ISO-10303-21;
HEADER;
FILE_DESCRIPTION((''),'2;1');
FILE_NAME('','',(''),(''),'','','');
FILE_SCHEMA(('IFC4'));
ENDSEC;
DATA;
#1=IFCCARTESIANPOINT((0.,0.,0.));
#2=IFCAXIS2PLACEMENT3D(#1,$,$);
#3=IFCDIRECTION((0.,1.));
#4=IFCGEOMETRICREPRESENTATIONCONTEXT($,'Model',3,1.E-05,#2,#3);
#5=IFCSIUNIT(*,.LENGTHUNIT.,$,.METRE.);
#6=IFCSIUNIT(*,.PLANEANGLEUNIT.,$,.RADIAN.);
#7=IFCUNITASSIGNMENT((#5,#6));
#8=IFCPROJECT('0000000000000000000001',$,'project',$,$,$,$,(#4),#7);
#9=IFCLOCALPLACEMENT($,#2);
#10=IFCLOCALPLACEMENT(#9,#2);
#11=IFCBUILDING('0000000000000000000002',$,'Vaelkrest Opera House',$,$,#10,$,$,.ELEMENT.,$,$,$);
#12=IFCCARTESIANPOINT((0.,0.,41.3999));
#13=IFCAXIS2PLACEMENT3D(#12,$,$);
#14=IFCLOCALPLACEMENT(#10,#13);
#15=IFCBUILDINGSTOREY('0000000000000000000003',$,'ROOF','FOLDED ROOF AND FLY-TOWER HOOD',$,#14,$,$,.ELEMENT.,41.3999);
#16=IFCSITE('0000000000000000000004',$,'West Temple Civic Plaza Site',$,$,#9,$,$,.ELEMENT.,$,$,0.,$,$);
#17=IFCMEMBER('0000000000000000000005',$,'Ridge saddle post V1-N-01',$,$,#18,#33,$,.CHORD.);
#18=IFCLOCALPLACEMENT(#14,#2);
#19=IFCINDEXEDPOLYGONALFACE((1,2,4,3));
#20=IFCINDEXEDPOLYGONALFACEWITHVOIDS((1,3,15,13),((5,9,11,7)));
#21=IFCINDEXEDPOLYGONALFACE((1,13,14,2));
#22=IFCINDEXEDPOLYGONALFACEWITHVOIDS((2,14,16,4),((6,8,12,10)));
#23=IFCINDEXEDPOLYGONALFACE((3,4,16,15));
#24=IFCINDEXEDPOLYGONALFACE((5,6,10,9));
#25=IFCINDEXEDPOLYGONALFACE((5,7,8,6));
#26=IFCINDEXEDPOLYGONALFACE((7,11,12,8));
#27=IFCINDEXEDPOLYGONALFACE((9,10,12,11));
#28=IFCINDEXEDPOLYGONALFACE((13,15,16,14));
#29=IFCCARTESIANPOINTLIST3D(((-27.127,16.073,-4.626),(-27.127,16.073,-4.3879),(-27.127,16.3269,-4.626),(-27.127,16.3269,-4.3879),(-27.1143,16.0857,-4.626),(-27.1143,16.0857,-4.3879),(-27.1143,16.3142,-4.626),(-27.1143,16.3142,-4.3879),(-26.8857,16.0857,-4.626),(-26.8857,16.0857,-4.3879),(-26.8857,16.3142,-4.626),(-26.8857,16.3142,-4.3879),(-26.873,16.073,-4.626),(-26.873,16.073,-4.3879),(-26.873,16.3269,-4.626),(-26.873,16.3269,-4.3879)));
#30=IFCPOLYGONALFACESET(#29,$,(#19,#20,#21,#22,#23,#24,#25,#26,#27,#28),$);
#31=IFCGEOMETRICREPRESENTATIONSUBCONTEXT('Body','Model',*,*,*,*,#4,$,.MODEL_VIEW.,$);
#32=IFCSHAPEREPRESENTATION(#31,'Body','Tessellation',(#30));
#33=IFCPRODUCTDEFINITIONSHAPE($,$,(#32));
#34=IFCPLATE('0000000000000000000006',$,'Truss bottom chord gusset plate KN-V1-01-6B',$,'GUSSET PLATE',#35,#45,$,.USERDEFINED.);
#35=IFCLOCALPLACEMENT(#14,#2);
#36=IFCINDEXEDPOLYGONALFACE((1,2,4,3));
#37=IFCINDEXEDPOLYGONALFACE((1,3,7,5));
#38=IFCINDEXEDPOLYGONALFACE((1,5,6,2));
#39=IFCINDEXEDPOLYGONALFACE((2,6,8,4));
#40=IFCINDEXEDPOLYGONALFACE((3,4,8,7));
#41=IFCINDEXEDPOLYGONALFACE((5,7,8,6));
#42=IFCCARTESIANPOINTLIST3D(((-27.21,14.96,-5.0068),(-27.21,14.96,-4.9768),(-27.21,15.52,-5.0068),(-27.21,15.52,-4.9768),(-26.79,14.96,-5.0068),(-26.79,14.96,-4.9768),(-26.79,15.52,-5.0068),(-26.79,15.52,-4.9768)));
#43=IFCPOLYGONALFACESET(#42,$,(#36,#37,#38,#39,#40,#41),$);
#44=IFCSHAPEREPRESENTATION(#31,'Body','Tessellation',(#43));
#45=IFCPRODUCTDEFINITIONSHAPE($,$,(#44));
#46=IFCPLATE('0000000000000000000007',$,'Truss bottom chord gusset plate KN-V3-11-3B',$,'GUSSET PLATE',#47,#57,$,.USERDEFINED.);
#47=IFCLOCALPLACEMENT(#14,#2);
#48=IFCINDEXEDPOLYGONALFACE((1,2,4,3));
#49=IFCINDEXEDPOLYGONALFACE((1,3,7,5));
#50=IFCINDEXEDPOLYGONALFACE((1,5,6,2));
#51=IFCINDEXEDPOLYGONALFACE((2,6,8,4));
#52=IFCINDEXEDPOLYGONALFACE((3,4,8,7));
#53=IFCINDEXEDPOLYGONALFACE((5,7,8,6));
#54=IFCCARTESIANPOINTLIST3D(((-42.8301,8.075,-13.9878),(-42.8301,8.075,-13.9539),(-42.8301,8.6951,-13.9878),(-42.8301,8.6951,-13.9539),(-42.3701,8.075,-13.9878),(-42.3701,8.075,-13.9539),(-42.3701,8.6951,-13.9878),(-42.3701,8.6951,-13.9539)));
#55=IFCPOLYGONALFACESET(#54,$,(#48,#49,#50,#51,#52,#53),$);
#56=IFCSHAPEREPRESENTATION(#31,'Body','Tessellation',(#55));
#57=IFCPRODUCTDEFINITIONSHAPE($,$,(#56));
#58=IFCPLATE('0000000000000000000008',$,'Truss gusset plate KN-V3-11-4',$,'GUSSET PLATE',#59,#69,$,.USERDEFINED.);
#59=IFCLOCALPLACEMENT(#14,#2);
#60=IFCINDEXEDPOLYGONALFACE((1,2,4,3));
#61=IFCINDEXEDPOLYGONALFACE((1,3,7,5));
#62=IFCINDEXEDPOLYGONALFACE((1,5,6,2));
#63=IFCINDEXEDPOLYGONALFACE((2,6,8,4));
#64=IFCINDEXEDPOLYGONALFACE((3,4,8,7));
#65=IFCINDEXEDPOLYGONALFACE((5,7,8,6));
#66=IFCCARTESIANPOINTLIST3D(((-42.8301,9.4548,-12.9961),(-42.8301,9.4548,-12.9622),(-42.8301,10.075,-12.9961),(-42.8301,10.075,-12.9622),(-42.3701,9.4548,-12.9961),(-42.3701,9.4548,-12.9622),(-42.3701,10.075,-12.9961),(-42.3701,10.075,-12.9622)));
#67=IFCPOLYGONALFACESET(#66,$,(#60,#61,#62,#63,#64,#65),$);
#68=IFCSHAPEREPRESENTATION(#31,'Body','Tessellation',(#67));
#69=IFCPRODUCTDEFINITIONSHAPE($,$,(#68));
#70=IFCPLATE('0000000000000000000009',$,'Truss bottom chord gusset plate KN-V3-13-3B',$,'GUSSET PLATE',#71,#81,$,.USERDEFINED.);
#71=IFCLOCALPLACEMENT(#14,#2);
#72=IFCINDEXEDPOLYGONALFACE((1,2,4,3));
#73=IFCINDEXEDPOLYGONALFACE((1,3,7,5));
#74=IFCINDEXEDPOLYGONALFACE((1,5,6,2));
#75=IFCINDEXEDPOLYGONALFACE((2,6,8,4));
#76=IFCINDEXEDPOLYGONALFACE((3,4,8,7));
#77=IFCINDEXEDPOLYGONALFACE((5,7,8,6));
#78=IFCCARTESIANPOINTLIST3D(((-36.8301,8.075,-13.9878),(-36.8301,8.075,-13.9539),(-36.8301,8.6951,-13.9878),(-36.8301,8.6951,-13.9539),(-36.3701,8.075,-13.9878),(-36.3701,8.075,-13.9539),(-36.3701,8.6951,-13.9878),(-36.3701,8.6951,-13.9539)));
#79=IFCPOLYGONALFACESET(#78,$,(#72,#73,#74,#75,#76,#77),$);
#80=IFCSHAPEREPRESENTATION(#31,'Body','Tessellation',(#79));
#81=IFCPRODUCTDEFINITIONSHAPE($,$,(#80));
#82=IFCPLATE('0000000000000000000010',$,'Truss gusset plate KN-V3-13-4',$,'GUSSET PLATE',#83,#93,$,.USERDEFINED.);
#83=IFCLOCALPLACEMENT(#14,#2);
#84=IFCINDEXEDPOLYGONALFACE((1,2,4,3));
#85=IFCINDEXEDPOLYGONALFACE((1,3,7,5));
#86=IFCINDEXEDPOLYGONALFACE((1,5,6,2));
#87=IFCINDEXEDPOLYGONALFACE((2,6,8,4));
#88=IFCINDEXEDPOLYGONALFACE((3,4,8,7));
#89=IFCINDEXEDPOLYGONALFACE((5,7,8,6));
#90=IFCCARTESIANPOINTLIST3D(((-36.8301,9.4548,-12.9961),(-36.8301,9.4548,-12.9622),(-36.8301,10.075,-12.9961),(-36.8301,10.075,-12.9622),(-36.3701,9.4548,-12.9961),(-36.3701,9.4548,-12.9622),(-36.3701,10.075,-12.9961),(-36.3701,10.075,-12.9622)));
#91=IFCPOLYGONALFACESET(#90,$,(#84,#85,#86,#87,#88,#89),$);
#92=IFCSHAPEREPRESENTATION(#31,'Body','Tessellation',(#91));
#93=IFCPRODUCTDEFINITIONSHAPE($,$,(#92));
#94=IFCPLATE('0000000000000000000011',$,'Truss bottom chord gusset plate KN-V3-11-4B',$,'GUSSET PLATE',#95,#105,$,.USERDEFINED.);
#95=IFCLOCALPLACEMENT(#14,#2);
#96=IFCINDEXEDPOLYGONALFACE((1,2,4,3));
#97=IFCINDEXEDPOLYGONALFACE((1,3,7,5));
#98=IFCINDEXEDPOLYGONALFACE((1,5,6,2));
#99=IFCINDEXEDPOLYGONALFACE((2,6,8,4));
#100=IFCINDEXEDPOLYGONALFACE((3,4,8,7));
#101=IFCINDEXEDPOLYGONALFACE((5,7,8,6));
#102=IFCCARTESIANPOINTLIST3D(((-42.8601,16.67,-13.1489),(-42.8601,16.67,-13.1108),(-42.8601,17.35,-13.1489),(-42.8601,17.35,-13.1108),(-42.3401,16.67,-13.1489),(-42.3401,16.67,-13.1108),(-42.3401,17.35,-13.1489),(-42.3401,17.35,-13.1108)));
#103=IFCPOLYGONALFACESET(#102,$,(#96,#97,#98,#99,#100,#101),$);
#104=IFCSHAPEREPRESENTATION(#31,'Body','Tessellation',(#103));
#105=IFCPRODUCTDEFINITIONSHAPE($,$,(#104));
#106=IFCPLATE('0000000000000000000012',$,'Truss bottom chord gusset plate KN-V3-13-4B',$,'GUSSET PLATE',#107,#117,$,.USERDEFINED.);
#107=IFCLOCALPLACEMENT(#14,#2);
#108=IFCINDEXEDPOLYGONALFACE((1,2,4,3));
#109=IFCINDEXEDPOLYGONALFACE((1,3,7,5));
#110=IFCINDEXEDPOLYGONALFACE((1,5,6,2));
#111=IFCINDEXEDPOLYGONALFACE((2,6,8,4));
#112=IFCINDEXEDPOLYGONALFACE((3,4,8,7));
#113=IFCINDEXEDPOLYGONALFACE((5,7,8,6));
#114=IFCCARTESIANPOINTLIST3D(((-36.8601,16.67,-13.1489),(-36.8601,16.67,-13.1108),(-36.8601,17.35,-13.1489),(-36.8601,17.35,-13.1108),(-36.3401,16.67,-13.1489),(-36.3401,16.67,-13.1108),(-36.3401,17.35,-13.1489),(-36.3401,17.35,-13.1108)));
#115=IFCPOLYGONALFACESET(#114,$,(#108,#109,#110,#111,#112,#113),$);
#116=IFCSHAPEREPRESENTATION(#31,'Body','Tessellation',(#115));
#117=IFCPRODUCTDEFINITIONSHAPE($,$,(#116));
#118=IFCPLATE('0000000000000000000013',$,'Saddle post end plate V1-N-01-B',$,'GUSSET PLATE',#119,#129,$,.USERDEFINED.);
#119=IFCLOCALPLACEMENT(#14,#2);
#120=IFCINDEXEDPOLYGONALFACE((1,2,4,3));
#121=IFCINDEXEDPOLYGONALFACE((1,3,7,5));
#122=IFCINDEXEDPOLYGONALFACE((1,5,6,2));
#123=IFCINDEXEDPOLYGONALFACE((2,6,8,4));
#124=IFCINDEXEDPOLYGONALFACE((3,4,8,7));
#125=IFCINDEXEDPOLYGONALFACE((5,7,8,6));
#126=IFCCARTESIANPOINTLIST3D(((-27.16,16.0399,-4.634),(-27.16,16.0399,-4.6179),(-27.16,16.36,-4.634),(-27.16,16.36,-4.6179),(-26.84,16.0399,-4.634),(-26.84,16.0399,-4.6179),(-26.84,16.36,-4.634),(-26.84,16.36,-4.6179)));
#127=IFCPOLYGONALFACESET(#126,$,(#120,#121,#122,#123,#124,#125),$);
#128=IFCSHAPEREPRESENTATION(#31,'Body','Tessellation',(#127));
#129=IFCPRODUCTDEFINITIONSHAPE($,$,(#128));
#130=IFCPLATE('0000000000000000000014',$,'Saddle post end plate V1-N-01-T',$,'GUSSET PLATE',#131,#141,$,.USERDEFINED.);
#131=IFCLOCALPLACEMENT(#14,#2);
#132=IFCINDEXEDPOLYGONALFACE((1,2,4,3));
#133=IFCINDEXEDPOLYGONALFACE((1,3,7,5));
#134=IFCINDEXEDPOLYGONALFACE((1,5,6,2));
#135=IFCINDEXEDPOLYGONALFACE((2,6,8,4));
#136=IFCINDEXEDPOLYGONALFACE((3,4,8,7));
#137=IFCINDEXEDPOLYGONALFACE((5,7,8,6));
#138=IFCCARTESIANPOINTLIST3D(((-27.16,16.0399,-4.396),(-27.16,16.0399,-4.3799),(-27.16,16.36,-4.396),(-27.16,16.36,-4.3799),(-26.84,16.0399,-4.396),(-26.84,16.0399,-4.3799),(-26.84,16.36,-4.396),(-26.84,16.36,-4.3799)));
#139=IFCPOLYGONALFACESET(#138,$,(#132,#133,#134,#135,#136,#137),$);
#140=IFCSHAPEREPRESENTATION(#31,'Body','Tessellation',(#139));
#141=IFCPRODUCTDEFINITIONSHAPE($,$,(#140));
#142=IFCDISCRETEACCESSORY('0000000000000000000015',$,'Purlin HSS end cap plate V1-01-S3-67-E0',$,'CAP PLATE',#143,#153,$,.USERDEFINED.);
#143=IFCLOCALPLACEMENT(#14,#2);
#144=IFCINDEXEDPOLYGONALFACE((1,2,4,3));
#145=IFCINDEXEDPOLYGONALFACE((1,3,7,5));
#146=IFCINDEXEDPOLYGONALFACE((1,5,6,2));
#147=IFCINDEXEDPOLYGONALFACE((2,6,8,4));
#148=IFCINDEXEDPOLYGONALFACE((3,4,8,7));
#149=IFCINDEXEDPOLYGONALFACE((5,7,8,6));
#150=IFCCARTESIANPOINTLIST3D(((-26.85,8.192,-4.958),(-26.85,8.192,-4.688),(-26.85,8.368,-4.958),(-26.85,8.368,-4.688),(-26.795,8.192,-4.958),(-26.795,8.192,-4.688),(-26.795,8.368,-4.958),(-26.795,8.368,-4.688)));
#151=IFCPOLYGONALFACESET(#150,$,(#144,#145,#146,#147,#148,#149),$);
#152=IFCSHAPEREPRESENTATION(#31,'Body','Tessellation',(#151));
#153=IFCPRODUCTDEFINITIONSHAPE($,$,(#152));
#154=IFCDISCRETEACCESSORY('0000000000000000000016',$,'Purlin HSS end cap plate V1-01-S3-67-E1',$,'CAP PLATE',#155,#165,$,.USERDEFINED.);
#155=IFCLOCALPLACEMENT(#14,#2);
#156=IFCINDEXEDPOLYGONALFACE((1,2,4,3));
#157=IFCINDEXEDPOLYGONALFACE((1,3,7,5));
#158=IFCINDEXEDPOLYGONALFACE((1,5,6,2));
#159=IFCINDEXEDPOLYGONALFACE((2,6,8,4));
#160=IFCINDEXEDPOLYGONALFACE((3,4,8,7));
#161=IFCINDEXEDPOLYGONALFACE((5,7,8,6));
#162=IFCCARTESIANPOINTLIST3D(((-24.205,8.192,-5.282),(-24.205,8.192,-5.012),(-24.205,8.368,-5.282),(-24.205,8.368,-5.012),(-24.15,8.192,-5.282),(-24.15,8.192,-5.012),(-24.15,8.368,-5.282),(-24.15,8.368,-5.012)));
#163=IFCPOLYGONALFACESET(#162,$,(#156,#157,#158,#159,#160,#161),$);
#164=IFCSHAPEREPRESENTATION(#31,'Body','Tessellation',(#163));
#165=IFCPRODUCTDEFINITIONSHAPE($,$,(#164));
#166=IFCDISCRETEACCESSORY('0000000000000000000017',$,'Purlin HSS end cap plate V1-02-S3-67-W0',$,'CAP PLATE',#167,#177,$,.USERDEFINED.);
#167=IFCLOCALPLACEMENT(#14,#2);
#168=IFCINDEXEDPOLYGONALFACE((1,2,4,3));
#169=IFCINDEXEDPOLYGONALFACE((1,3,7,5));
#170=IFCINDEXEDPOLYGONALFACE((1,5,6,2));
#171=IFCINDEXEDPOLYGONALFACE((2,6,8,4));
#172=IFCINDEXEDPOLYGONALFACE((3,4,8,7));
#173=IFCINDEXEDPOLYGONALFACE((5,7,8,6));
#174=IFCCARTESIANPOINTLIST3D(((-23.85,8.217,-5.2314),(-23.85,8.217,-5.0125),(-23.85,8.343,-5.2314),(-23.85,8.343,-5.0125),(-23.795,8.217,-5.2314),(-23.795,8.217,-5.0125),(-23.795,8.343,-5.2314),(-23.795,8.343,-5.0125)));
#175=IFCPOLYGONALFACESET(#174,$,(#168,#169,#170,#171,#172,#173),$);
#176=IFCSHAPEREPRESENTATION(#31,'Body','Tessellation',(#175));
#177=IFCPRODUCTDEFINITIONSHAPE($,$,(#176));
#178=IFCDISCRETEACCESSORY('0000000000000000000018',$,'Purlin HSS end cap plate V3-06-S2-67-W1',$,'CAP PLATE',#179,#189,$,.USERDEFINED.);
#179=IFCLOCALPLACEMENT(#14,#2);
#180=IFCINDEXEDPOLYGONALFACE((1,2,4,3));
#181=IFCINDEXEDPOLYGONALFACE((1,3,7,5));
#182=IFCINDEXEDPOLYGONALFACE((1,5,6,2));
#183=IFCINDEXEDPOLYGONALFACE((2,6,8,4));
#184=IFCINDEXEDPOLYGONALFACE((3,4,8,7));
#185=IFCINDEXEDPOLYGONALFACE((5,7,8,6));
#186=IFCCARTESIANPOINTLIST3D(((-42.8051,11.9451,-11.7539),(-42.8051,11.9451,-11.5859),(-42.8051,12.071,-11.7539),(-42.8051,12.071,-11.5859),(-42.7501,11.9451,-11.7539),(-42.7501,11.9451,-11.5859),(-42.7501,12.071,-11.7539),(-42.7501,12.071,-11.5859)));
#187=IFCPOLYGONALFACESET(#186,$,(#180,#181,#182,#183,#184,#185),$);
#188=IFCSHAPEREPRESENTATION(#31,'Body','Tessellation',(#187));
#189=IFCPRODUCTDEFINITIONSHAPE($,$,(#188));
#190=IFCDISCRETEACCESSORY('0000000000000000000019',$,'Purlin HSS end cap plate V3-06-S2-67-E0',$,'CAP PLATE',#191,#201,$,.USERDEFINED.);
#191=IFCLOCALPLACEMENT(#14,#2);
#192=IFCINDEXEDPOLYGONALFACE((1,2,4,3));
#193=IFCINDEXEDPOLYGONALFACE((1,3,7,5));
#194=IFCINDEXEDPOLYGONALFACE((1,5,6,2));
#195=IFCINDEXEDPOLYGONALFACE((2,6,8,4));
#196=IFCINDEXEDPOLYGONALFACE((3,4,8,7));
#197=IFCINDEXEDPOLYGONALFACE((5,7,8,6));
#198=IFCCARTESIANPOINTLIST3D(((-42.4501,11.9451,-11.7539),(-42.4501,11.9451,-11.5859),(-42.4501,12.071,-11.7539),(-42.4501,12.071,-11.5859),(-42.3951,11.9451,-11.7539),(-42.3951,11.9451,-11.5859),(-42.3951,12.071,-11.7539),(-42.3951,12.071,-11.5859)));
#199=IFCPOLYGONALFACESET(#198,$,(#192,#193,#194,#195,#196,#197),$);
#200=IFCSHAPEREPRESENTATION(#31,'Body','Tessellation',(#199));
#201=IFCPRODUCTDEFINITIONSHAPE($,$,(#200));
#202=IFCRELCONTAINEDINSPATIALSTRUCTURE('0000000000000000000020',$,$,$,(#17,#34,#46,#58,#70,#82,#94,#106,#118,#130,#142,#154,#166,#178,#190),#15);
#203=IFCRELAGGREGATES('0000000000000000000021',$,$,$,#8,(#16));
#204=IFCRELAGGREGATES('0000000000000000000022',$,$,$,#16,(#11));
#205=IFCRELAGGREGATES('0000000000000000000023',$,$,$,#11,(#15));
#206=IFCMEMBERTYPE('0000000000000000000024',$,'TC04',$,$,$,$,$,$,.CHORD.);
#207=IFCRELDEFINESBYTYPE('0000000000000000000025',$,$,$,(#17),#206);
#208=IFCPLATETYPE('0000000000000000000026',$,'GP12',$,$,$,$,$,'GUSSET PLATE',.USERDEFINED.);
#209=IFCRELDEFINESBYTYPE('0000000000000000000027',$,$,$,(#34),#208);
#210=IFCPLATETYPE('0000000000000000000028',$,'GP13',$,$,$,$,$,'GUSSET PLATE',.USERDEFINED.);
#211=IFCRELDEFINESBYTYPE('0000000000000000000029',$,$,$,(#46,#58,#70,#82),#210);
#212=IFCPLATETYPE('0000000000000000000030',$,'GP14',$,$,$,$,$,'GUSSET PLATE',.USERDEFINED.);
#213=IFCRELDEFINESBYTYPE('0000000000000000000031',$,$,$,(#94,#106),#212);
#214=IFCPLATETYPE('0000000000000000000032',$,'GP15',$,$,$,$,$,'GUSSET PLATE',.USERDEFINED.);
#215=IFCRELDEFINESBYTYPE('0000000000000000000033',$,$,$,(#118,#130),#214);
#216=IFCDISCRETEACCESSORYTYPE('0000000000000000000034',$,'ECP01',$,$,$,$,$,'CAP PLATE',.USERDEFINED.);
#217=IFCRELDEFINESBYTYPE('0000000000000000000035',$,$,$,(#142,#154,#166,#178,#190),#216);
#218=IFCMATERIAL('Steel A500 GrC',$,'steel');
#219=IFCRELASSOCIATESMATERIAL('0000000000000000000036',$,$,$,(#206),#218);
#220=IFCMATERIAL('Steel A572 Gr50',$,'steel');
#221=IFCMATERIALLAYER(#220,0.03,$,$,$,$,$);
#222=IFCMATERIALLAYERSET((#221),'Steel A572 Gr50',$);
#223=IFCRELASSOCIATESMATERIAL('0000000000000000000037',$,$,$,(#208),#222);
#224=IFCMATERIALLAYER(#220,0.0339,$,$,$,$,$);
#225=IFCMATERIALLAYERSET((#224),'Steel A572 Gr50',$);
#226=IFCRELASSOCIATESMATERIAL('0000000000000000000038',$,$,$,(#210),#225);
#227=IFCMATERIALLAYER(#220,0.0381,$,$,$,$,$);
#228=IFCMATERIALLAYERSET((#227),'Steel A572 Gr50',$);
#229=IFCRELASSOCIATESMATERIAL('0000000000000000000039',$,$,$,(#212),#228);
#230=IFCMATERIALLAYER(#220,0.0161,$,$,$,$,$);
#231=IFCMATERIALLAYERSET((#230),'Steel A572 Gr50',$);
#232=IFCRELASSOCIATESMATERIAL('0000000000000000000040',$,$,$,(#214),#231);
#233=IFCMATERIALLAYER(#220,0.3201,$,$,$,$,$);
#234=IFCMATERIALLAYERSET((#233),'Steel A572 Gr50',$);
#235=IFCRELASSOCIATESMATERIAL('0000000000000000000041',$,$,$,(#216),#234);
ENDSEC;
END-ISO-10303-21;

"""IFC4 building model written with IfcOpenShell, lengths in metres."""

from ifc_helpers import new_model, si_unit, direction, frame, origin, origin_2d, place, context, subcontext, project, spatial, rectangle, hollow_rectangle, extrude, material, layer, layer_set, material_profile, profile_set, type_object, element, save


model = new_model("IFC4")

# Units and contexts
model_context = context("Model", 3, precision=1e-05, world=origin(), true_north=direction((0.0, 1.0)))
body_context = subcontext(model_context, "Body", "Model", "MODEL_VIEW")
ifc_project = project(units=[si_unit("LENGTHUNIT", "METRE"), si_unit("PLANEANGLEUNIT", "RADIAN")], contexts=[model_context])

# Site, building, storey
site_placement = place(None, origin())
site = spatial("IfcSite", under=ifc_project, at=site_placement, Name="West Temple Civic Plaza Site", CompositionType="ELEMENT", RefElevation=0.0)
building_placement = place(site_placement, origin())
building = spatial("IfcBuilding", under=site, at=building_placement, Name="Vaelkrest Opera House", CompositionType="ELEMENT")
storey_placement = place(building_placement, frame((0.0, 0.0, 41.3999)))
storey = spatial("IfcBuildingStorey", under=building, at=storey_placement, Name="ROOF", Description="FOLDED ROOF AND FLY-TOWER HOOD", CompositionType="ELEMENT", Elevation=41.3999)

# Member
ifc_material_1 = material(Name="Steel A500 GrC", Category="steel")
ifc_material_profile_1 = material_profile(ifc_material_1, hollow_rectangle(XDim=0.2539, YDim=0.2539, WallThickness=0.0127, at=origin_2d()), Name="HSS254X254X12.7")
ifc_profile_set_1 = profile_set([ifc_material_profile_1], Name="Steel A500 GrC")
member_type_1 = type_object("IfcMemberType", Name="TC04", PredefinedType="CHORD", material=ifc_profile_set_1)
member_1_placement = place(storey_placement, frame((-27.0, 16.2, -4.626), z_axis=(0.0, 0.0, 1.0), x_axis=(1.0, 0.0, 0.0)))
element("IfcMember", 1, at=member_1_placement, inside=storey, type_object=member_type_1, Name="Ridge saddle post V1-N-01", PredefinedType="CHORD", context=body_context, shape_type="SweptSolid", body=[
    extrude(hollow_rectangle(XDim=0.2539, YDim=0.2539, WallThickness=0.0127, at=origin_2d()), origin(), (0.0, 0.0, 1.0), 0.238),
])

# Plates
ifc_material_2 = material(Name="Steel A572 Gr50", Category="steel")
ifc_layer_1 = layer(ifc_material_2, 0.03)
ifc_layer_set_1 = layer_set([ifc_layer_1], Name="Steel A572 Gr50")
plate_type_1 = type_object("IfcPlateType", Name="GP12", ElementType="GUSSET PLATE", PredefinedType="USERDEFINED", material=ifc_layer_set_1)
plate_placement = place(storey_placement, frame((-27.0, 15.24, -5.0068), z_axis=(0.0, 0.0, 1.0), x_axis=(0.0, 1.0, 0.0)))
element("IfcPlate", 2, at=plate_placement, inside=storey, type_object=plate_type_1, Name="Truss bottom chord gusset plate KN-V1-01-6B", ObjectType="GUSSET PLATE", PredefinedType="USERDEFINED", context=body_context, shape_type="SweptSolid", body=[
    extrude(rectangle(XDim=0.5601, YDim=0.4199, at=origin_2d()), origin(), (0.0, 0.0, 1.0), 0.03),
])
ifc_layer_2 = layer(ifc_material_2, 0.0339)
ifc_layer_set_2 = layer_set([ifc_layer_2], Name="Steel A572 Gr50")
plate_type_2 = type_object("IfcPlateType", Name="GP13", ElementType="GUSSET PLATE", PredefinedType="USERDEFINED", material=ifc_layer_set_2)
for number, where, z_axis, x_axis, name in (
    (3, (-42.6001, 8.385, -13.9878), (0.0, 0.0, 1.0), (0.0, 1.0, 0.0), "Truss bottom chord gusset plate KN-V3-11-3B"),
    (4, (-42.6001, 9.7649, -12.9961), (0.0, 0.0, 1.0), (0.0, 1.0, 0.0), "Truss gusset plate KN-V3-11-4"),
    (5, (-36.6001, 8.385, -13.9878), (0.0, 0.0, 1.0), (0.0, 1.0, 0.0), "Truss bottom chord gusset plate KN-V3-13-3B"),
    (6, (-36.6001, 9.7649, -12.9961), (0.0, 0.0, 1.0), (0.0, 1.0, 0.0), "Truss gusset plate KN-V3-13-4"),
):
    element("IfcPlate", number, at=place(storey_placement, frame(where, z_axis=z_axis, x_axis=x_axis)), inside=storey, type_object=plate_type_2, Name=name, ObjectType="GUSSET PLATE", PredefinedType="USERDEFINED", context=body_context, shape_type="SweptSolid", body=[
        extrude(rectangle(XDim=0.6201, YDim=0.46, at=origin_2d()), origin(), (0.0, 0.0, 1.0), 0.0339),
    ])
ifc_layer_3 = layer(ifc_material_2, 0.0381)
ifc_layer_set_3 = layer_set([ifc_layer_3], Name="Steel A572 Gr50")
plate_type_3 = type_object("IfcPlateType", Name="GP14", ElementType="GUSSET PLATE", PredefinedType="USERDEFINED", material=ifc_layer_set_3)
for number, where, z_axis, x_axis, name in (
    (7, (-42.6001, 17.01, -13.1489), (0.0, 0.0, 1.0), (0.0, 1.0, 0.0), "Truss bottom chord gusset plate KN-V3-11-4B"),
    (8, (-36.6001, 17.01, -13.1489), (0.0, 0.0, 1.0), (0.0, 1.0, 0.0), "Truss bottom chord gusset plate KN-V3-13-4B"),
):
    element("IfcPlate", number, at=place(storey_placement, frame(where, z_axis=z_axis, x_axis=x_axis)), inside=storey, type_object=plate_type_3, Name=name, ObjectType="GUSSET PLATE", PredefinedType="USERDEFINED", context=body_context, shape_type="SweptSolid", body=[
        extrude(rectangle(XDim=0.6799, YDim=0.52, at=origin_2d()), origin(), (0.0, 0.0, 1.0), 0.0381),
    ])
ifc_layer_4 = layer(ifc_material_2, 0.0161)
ifc_layer_set_4 = layer_set([ifc_layer_4], Name="Steel A572 Gr50")
plate_type_4 = type_object("IfcPlateType", Name="GP15", ElementType="GUSSET PLATE", PredefinedType="USERDEFINED", material=ifc_layer_set_4)
for number, where, z_axis, x_axis, name in (
    (9, (-27.0, 16.2, -4.634), (0.0, 0.0, 1.0), (1.0, 0.0, 0.0), "Saddle post end plate V1-N-01-B"),
    (10, (-27.0, 16.2, -4.396), (0.0, 0.0, 1.0), (1.0, 0.0, 0.0), "Saddle post end plate V1-N-01-T"),
):
    element("IfcPlate", number, at=place(storey_placement, frame(where, z_axis=z_axis, x_axis=x_axis)), inside=storey, type_object=plate_type_4, Name=name, ObjectType="GUSSET PLATE", PredefinedType="USERDEFINED", context=body_context, shape_type="SweptSolid", body=[
        extrude(rectangle(XDim=0.3201, YDim=0.3201, at=origin_2d()), origin(), (0.0, 0.0, 1.0), 0.0161),
    ])

# Discrete accessories
ifc_layer_5 = layer(ifc_material_2, 0.3201)
ifc_layer_set_5 = layer_set([ifc_layer_5], Name="Steel A572 Gr50")
discrete_accessory_type = type_object("IfcDiscreteAccessoryType", Name="ECP01", ElementType="CAP PLATE", PredefinedType="USERDEFINED", material=ifc_layer_set_5)
for number, where, z_axis, x_axis, name in (
    (11, (-26.8225, 8.28, -4.958), (0.0, 0.0, 1.0), (1.0, 0.0, 0.0), "Purlin HSS end cap plate V1-01-S3-67-E0"),
    (12, (-24.1775, 8.28, -5.282), (0.0, 0.0, 1.0), (1.0, 0.0, 0.0), "Purlin HSS end cap plate V1-01-S3-67-E1"),
):
    element("IfcDiscreteAccessory", number, at=place(storey_placement, frame(where, z_axis=z_axis, x_axis=x_axis)), inside=storey, type_object=discrete_accessory_type, Name=name, ObjectType="CAP PLATE", PredefinedType="USERDEFINED", context=body_context, shape_type="SweptSolid", body=[
        extrude(rectangle(XDim=0.0549, YDim=0.176, at=origin_2d()), origin(), (0.0, 0.0, 1.0), 0.27),
    ])
discrete_accessory_placement = place(storey_placement, frame((-23.8225, 8.28, -5.2314), z_axis=(0.0, 0.0, 1.0), x_axis=(1.0, 0.0, 0.0)))
element("IfcDiscreteAccessory", 13, at=discrete_accessory_placement, inside=storey, type_object=discrete_accessory_type, Name="Purlin HSS end cap plate V1-02-S3-67-W0", ObjectType="CAP PLATE", PredefinedType="USERDEFINED", context=body_context, shape_type="SweptSolid", body=[
    extrude(rectangle(XDim=0.0549, YDim=0.126, at=origin_2d()), origin(), (0.0, 0.0, 1.0), 0.219),
])
for number, where, z_axis, x_axis, name in (
    (14, (-42.7776, 12.0081, -11.7539), (0.0, 0.0, 1.0), (1.0, 0.0, 0.0), "Purlin HSS end cap plate V3-06-S2-67-W1"),
    (15, (-42.4226, 12.0081, -11.7539), (0.0, 0.0, 1.0), (1.0, 0.0, 0.0), "Purlin HSS end cap plate V3-06-S2-67-E0"),
):
    element("IfcDiscreteAccessory", number, at=place(storey_placement, frame(where, z_axis=z_axis, x_axis=x_axis)), inside=storey, type_object=discrete_accessory_type, Name=name, ObjectType="CAP PLATE", PredefinedType="USERDEFINED", context=body_context, shape_type="SweptSolid", body=[
        extrude(rectangle(XDim=0.0549, YDim=0.126, at=origin_2d()), origin(), (0.0, 0.0, 1.0), 0.168),
    ])

save(model, "model.ifc")
